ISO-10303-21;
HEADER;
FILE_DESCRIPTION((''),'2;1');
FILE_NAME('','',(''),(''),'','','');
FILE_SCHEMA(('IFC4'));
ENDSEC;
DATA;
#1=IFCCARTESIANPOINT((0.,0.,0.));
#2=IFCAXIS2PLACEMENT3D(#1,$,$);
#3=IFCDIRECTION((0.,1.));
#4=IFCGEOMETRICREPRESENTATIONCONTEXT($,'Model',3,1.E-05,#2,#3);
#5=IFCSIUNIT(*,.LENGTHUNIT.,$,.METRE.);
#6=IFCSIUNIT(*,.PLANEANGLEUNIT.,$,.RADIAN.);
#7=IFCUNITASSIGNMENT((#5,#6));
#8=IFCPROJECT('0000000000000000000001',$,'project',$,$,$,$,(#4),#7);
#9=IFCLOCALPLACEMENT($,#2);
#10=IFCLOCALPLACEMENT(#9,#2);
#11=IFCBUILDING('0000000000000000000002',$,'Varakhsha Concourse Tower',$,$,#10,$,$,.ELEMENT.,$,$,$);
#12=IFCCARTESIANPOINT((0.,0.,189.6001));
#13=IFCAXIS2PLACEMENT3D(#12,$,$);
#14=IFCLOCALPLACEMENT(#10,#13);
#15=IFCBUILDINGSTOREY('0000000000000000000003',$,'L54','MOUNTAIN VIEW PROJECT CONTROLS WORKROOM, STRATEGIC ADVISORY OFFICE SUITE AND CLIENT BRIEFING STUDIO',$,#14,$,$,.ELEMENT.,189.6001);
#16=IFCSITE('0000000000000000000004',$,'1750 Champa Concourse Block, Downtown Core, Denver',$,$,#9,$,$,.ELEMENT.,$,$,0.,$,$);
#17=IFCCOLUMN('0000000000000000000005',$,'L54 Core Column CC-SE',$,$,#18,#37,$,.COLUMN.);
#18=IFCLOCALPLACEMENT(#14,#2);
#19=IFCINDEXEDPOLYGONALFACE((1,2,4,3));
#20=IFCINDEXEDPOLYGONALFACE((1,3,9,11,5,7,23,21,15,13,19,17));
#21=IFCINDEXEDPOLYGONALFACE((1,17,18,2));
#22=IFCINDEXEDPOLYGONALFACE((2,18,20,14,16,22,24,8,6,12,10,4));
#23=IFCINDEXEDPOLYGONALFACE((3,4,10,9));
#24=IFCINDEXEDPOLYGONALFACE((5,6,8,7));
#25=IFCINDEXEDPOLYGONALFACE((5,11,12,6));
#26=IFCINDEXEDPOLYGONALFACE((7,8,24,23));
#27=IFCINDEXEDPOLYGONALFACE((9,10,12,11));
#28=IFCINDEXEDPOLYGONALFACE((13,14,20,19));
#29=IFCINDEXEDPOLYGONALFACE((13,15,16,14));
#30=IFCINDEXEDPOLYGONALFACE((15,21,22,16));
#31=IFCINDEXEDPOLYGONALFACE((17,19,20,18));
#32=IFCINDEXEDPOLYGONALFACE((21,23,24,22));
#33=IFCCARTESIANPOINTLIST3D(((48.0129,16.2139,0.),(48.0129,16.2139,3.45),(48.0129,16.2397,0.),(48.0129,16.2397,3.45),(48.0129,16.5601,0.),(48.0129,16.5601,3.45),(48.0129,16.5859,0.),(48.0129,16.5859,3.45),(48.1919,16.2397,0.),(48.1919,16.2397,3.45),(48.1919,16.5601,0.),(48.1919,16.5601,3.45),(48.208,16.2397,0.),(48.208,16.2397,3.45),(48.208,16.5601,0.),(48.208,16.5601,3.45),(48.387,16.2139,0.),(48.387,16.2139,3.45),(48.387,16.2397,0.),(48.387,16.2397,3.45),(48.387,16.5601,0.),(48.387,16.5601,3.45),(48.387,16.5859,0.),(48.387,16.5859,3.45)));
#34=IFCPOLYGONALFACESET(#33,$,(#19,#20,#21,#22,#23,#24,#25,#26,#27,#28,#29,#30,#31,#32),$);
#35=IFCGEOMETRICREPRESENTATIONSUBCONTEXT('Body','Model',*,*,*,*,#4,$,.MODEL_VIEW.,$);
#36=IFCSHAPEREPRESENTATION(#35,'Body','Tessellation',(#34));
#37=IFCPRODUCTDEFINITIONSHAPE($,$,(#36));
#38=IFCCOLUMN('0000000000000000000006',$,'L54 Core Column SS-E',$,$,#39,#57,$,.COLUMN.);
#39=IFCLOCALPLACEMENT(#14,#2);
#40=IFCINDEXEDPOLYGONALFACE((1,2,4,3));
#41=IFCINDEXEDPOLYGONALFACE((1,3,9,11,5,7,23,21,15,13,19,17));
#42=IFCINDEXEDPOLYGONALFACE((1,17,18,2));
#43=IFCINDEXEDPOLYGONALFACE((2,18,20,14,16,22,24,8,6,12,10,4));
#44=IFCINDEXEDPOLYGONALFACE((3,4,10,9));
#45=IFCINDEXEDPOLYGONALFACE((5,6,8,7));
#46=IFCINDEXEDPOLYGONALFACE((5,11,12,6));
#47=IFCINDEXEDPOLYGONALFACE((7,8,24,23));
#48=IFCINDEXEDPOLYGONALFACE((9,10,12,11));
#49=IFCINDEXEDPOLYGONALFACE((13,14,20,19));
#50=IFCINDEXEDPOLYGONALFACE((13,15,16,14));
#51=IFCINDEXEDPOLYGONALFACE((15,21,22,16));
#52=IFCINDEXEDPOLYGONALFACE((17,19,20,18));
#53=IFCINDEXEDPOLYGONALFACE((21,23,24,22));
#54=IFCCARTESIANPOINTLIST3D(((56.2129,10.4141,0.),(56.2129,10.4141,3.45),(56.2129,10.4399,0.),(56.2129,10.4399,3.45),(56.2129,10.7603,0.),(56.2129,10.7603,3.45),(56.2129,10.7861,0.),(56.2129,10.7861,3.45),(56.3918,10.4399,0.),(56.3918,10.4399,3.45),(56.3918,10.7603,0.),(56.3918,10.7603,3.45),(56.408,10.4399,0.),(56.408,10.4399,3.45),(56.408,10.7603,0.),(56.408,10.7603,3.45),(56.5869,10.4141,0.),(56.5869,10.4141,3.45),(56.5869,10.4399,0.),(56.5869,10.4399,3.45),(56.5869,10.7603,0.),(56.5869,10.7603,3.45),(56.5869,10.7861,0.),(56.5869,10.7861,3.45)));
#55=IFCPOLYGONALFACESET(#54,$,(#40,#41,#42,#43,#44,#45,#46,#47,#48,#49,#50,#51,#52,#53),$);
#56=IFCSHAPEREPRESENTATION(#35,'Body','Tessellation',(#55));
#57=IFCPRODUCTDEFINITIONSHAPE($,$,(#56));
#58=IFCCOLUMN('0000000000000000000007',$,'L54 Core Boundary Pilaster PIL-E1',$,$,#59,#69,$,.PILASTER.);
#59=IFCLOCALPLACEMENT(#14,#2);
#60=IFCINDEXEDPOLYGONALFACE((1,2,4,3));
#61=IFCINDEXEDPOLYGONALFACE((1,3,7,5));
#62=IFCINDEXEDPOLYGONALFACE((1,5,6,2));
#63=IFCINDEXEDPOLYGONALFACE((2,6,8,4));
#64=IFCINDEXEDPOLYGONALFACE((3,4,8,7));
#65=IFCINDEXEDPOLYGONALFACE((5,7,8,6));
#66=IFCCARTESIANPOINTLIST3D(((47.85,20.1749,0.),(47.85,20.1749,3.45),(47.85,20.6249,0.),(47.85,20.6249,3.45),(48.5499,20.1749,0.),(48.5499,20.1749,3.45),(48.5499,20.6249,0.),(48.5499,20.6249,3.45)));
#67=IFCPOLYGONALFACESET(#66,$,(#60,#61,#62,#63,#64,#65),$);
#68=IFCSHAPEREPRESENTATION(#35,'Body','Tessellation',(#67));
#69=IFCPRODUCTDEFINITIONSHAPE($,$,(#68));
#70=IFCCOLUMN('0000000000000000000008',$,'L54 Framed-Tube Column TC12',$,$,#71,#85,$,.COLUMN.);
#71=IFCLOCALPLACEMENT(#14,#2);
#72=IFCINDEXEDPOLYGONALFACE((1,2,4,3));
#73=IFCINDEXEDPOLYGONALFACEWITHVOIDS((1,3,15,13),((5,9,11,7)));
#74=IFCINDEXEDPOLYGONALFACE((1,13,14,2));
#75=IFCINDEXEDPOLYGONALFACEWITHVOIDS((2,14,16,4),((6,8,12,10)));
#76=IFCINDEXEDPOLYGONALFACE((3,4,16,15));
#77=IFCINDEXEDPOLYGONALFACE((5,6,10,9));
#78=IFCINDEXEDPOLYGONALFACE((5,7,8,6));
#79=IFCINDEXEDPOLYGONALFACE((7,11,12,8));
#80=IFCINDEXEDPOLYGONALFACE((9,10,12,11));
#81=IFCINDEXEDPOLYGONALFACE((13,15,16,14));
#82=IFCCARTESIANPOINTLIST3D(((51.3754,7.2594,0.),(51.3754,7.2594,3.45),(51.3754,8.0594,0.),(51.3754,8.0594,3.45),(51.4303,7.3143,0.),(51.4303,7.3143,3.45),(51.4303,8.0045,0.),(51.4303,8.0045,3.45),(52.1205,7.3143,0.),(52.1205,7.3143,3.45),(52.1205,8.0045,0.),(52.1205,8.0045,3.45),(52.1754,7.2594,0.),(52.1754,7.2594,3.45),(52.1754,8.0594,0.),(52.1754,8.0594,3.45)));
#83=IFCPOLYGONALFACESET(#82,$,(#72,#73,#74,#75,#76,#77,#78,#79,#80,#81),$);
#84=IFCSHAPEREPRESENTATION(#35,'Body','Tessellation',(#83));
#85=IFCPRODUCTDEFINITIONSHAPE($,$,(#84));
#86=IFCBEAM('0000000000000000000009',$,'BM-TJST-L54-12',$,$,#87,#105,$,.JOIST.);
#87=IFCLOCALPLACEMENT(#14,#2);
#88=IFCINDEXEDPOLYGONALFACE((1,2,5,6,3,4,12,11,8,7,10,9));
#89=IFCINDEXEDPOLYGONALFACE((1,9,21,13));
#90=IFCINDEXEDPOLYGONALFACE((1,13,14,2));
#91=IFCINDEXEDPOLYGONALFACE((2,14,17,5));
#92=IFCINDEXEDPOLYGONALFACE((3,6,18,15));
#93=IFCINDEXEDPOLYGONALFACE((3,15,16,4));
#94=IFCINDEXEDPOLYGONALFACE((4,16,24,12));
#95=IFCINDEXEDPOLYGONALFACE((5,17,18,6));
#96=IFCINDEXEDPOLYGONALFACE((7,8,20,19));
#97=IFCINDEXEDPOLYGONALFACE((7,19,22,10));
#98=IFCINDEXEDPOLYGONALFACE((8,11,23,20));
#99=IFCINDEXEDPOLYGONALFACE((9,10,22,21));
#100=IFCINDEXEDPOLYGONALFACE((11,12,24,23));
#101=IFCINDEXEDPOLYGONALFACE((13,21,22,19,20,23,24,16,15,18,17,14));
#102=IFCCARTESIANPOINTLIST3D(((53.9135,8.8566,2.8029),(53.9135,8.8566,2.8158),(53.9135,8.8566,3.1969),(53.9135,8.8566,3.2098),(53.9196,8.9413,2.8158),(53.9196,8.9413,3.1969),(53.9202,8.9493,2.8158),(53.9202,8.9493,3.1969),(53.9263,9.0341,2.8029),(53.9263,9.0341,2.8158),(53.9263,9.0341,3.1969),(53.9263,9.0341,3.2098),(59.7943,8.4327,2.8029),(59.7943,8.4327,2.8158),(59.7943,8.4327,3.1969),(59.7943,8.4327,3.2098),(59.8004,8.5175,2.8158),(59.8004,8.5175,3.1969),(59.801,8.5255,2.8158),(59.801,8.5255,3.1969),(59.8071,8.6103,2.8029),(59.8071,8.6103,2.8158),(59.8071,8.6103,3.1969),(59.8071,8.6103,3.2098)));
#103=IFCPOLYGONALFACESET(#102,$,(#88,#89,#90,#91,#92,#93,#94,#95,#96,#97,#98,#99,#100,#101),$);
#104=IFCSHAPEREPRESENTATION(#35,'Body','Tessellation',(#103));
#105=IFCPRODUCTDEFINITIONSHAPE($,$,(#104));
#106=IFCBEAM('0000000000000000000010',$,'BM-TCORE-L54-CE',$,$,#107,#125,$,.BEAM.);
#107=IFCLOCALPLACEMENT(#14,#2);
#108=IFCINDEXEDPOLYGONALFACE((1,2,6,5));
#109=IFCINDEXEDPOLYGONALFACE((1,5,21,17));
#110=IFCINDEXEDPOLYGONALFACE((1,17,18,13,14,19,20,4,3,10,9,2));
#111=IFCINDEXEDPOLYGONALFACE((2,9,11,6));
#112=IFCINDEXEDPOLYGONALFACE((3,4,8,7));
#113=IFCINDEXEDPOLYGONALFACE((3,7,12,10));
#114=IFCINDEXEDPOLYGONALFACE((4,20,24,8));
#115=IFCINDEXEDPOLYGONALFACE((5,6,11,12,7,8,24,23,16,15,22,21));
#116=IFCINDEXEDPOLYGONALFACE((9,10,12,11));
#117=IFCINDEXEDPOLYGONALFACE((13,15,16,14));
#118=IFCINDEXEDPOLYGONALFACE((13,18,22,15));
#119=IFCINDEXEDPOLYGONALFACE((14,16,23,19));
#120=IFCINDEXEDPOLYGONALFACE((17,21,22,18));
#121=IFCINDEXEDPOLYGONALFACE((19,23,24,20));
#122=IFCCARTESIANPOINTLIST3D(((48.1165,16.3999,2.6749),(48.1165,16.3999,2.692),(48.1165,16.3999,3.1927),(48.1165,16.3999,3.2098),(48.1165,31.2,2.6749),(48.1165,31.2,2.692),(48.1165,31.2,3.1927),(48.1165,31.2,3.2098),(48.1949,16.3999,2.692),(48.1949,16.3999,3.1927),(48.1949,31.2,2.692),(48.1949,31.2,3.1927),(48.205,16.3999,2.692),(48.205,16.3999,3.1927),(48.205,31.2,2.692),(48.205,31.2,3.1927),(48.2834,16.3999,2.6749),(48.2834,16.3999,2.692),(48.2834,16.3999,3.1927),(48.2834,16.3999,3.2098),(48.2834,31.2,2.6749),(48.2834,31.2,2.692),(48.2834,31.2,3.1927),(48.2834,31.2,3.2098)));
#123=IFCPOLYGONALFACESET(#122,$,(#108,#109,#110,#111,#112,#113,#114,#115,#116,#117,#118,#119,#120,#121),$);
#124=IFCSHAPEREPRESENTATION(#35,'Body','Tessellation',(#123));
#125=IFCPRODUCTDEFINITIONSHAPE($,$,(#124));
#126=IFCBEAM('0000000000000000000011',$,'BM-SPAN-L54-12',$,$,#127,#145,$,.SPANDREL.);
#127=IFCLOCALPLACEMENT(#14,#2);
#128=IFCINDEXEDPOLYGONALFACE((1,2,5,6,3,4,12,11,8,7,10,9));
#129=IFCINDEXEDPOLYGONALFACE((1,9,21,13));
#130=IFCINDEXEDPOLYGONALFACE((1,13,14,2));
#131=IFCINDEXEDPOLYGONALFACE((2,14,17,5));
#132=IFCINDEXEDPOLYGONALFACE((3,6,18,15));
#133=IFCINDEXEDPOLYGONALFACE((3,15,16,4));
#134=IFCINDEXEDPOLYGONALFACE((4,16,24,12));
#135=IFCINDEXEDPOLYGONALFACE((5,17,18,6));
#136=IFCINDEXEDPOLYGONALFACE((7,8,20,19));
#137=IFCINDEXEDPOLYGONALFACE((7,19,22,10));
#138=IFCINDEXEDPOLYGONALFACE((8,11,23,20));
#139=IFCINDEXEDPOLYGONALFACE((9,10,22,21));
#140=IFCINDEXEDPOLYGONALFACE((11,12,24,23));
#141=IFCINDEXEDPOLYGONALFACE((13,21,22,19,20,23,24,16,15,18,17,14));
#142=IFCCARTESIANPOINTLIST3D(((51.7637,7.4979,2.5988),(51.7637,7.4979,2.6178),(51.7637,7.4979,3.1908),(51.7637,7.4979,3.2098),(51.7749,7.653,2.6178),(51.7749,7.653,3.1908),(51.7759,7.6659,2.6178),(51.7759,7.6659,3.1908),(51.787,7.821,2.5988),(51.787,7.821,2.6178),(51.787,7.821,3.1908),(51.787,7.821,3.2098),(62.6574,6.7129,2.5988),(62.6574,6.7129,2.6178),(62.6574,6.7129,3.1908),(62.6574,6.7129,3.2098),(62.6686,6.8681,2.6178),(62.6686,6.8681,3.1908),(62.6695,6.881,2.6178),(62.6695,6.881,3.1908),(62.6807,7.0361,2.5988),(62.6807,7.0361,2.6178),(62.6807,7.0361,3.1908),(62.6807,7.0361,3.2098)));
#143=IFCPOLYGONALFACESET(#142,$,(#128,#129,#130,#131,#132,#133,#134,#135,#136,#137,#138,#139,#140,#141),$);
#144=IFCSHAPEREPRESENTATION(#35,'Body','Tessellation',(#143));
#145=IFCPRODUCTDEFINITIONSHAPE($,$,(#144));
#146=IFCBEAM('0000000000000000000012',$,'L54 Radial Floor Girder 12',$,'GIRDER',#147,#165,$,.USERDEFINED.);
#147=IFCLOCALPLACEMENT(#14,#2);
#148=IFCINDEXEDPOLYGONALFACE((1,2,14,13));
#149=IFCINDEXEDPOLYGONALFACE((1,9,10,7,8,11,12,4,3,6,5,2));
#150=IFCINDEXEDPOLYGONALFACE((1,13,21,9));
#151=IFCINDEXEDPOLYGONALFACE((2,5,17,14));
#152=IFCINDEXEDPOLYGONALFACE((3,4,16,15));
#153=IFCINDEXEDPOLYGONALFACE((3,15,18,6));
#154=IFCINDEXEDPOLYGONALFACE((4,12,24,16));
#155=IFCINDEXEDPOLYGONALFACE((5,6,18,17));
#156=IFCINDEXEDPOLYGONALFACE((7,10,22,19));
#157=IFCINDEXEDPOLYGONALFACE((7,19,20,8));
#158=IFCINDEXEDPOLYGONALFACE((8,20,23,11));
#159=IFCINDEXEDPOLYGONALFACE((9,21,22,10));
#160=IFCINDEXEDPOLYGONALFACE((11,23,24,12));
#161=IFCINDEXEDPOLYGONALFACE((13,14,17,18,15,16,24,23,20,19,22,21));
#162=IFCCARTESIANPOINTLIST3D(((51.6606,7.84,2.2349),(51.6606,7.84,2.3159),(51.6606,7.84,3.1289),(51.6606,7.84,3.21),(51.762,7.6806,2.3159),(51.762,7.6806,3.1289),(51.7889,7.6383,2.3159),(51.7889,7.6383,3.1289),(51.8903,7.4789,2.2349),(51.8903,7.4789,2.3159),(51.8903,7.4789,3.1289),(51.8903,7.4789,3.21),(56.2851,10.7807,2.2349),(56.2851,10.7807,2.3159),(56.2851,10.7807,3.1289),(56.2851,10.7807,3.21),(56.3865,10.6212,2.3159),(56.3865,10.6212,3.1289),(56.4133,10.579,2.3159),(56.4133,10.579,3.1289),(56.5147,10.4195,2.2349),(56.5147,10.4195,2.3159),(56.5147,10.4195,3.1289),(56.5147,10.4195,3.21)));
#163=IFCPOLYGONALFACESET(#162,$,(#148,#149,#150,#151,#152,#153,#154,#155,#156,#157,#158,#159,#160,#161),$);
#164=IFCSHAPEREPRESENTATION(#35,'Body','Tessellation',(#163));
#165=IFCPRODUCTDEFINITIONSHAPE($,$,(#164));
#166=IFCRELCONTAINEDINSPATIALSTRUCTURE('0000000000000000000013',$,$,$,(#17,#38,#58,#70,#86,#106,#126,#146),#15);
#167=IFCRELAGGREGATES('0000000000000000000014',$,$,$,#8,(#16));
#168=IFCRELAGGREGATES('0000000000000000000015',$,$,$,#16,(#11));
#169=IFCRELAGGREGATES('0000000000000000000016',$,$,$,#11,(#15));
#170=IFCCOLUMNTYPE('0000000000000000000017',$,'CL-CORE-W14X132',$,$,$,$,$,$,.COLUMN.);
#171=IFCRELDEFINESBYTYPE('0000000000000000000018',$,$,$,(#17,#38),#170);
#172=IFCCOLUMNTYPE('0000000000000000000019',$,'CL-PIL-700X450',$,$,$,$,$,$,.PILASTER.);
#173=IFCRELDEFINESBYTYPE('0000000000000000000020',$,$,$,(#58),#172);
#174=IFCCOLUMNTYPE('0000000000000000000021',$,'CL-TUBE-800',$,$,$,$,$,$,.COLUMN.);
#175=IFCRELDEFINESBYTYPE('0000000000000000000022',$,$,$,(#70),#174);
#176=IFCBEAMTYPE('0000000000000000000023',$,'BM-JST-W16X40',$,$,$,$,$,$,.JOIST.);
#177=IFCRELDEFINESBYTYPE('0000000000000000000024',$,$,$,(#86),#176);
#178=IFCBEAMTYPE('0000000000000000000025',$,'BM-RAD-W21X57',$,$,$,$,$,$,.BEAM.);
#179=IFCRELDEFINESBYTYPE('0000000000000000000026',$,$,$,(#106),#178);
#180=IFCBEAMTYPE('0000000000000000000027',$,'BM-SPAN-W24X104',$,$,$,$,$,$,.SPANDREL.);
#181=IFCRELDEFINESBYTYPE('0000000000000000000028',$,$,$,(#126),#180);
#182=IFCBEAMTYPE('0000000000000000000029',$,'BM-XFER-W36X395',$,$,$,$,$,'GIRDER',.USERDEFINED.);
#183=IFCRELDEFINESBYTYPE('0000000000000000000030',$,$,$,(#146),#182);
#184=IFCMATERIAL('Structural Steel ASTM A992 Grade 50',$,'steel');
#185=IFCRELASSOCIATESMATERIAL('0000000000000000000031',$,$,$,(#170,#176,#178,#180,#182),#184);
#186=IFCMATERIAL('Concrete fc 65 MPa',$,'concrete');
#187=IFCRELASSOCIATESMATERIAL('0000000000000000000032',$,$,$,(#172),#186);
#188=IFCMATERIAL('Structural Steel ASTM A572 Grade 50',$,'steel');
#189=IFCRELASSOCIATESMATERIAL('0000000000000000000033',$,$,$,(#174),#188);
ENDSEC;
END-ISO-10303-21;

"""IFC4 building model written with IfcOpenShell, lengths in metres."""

from ifc_helpers import new_model, si_unit, direction, frame, origin, origin_2d, place, context, subcontext, project, spatial, rectangle, hollow_rectangle, i_section, extrude, material, material_profile, profile_set, type_object, element, save


model = new_model("IFC4")

# Units and contexts
model_context = context("Model", 3, precision=1e-05, world=origin(), true_north=direction((0.0, 1.0)))
body_context = subcontext(model_context, "Body", "Model", "MODEL_VIEW")
ifc_project = project(units=[si_unit("LENGTHUNIT", "METRE"), si_unit("PLANEANGLEUNIT", "RADIAN")], contexts=[model_context])

# Site, building, storey
site_placement = place(None, origin())
site = spatial("IfcSite", under=ifc_project, at=site_placement, Name="1750 Champa Concourse Block, Downtown Core, Denver", CompositionType="ELEMENT", RefElevation=0.0)
building_placement = place(site_placement, origin())
building = spatial("IfcBuilding", under=site, at=building_placement, Name="Varakhsha Concourse Tower", CompositionType="ELEMENT")
storey_placement = place(building_placement, frame((0.0, 0.0, 189.6001)))
storey = spatial("IfcBuildingStorey", under=building, at=storey_placement, Name="L54", Description="MOUNTAIN VIEW PROJECT CONTROLS WORKROOM, STRATEGIC ADVISORY OFFICE SUITE AND CLIENT BRIEFING STUDIO", CompositionType="ELEMENT", Elevation=189.6001)

# Columns
ifc_material_1 = material(Name="Structural Steel ASTM A992 Grade 50", Category="steel")
ifc_material_profile_1 = material_profile(ifc_material_1, i_section(OverallWidth=0.374, OverallDepth=0.3721, WebThickness=0.0161, FlangeThickness=0.0259, at=origin_2d()), Name="W14X132")
ifc_profile_set_1 = profile_set([ifc_material_profile_1], Name="Structural Steel ASTM A992 Grade 50")
column_type_1 = type_object("IfcColumnType", Name="CL-CORE-W14X132", PredefinedType="COLUMN", material=ifc_profile_set_1)
for number, where, z_axis, x_axis, name in (
    (1, (48.2, 16.3999, 0.0), (0.0, 0.0, 1.0), (1.0, 0.0, 0.0), "L54 Core Column CC-SE"),
    (2, (56.3999, 10.6001, 0.0), (0.0, 0.0, 1.0), (1.0, 0.0, 0.0), "L54 Core Column SS-E"),
):
    element("IfcColumn", number, at=place(storey_placement, frame(where, z_axis=z_axis, x_axis=x_axis)), inside=storey, type_object=column_type_1, Name=name, PredefinedType="COLUMN", context=body_context, shape_type="SweptSolid", body=[
        extrude(i_section(OverallWidth=0.374, OverallDepth=0.3721, WebThickness=0.0161, FlangeThickness=0.0259, at=origin_2d()), origin(), (0.0, 0.0, 1.0), 3.45),
    ])
ifc_material_2 = material(Name="Concrete fc 65 MPa", Category="concrete")
ifc_material_profile_2 = material_profile(ifc_material_2, rectangle(XDim=0.7, YDim=0.45, at=origin_2d()), Name="RC 700x450")
ifc_profile_set_2 = profile_set([ifc_material_profile_2], Name="Concrete fc 65 MPa")
column_type_2 = type_object("IfcColumnType", Name="CL-PIL-700X450", PredefinedType="PILASTER", material=ifc_profile_set_2)
column_1_placement = place(storey_placement, frame((48.2, 20.3999, 0.0), z_axis=(0.0, 0.0, 1.0), x_axis=(1.0, 0.0, 0.0)))
element("IfcColumn", 3, at=column_1_placement, inside=storey, type_object=column_type_2, Name="L54 Core Boundary Pilaster PIL-E1", PredefinedType="PILASTER", context=body_context, shape_type="SweptSolid", body=[
    extrude(rectangle(XDim=0.7, YDim=0.45, at=origin_2d()), origin(), (0.0, 0.0, 1.0), 3.45),
])
ifc_material_3 = material(Name="Structural Steel ASTM A572 Grade 50", Category="steel")
ifc_material_profile_3 = material_profile(ifc_material_3, hollow_rectangle(XDim=0.8, YDim=0.8, WallThickness=0.0549, at=origin_2d()), Name="BOX 800x800x55")
ifc_profile_set_3 = profile_set([ifc_material_profile_3], Name="Structural Steel ASTM A572 Grade 50")
column_type_3 = type_object("IfcColumnType", Name="CL-TUBE-800", PredefinedType="COLUMN", material=ifc_profile_set_3)
column_2_placement = place(storey_placement, frame((51.7754, 7.6594, 0.0), z_axis=(0.0, 0.0, 1.0), x_axis=(1.0, 0.0, 0.0)))
element("IfcColumn", 4, at=column_2_placement, inside=storey, type_object=column_type_3, Name="L54 Framed-Tube Column TC12", PredefinedType="COLUMN", context=body_context, shape_type="SweptSolid", body=[
    extrude(hollow_rectangle(XDim=0.8, YDim=0.8, WallThickness=0.0549, at=origin_2d()), origin(), (0.0, 0.0, 1.0), 3.45),
])

# Beams
ifc_material_profile_4 = material_profile(ifc_material_1, i_section(OverallWidth=0.178, OverallDepth=0.407, WebThickness=0.0081, FlangeThickness=0.0129, at=origin_2d()), Name="W16X40")
ifc_profile_set_4 = profile_set([ifc_material_profile_4], Name="Structural Steel ASTM A992 Grade 50")
beam_type_1 = type_object("IfcBeamType", Name="BM-JST-W16X40", PredefinedType="JOIST", material=ifc_profile_set_4)
beam_1_placement = place(storey_placement, frame((53.9199, 8.9453, 3.0063), z_axis=(0.997413, -0.071883, 0.0), x_axis=(0.071883, 0.997413, 0.0)))
element("IfcBeam", 5, at=beam_1_placement, inside=storey, type_object=beam_type_1, Name="BM-TJST-L54-12", PredefinedType="JOIST", context=body_context, shape_type="SweptSolid", body=[
    extrude(i_section(OverallWidth=0.178, OverallDepth=0.407, WebThickness=0.0081, FlangeThickness=0.0129, at=origin_2d()), origin(), (0.0, 0.0, 1.0), 5.896),
])
ifc_material_profile_5 = material_profile(ifc_material_1, i_section(OverallWidth=0.167, OverallDepth=0.5349, WebThickness=0.01, FlangeThickness=0.0171, at=origin_2d()), Name="W21X57")
ifc_profile_set_5 = profile_set([ifc_material_profile_5], Name="Structural Steel ASTM A992 Grade 50")
beam_type_2 = type_object("IfcBeamType", Name="BM-RAD-W21X57", PredefinedType="BEAM", material=ifc_profile_set_5)
beam_2_placement = place(storey_placement, frame((48.2, 16.3999, 2.9424), z_axis=(0.0, 1.0, 0.0), x_axis=(-1.0, 0.0, 0.0)))
element("IfcBeam", 6, at=beam_2_placement, inside=storey, type_object=beam_type_2, Name="BM-TCORE-L54-CE", PredefinedType="BEAM", context=body_context, shape_type="SweptSolid", body=[
    extrude(i_section(OverallWidth=0.167, OverallDepth=0.5349, WebThickness=0.01, FlangeThickness=0.0171, at=origin_2d()), origin(), (0.0, 0.0, 1.0), 14.8),
])
ifc_material_profile_6 = material_profile(ifc_material_1, i_section(OverallWidth=0.324, OverallDepth=0.6111, WebThickness=0.0129, FlangeThickness=0.019, at=origin_2d()), Name="W24X104")
ifc_profile_set_6 = profile_set([ifc_material_profile_6], Name="Structural Steel ASTM A992 Grade 50")
beam_type_3 = type_object("IfcBeamType", Name="BM-SPAN-W24X104", PredefinedType="SPANDREL", material=ifc_profile_set_6)
beam_3_placement = place(storey_placement, frame((51.7754, 7.6594, 2.9043), z_axis=(0.997414, -0.071867, 0.0), x_axis=(0.071867, 0.997414, 0.0)))
element("IfcBeam", 7, at=beam_3_placement, inside=storey, type_object=beam_type_3, Name="BM-SPAN-L54-12", PredefinedType="SPANDREL", context=body_context, shape_type="SweptSolid", body=[
    extrude(i_section(OverallWidth=0.324, OverallDepth=0.6111, WebThickness=0.0129, FlangeThickness=0.019, at=origin_2d()), origin(), (0.0, 0.0, 1.0), 10.9219),
])
ifc_material_profile_7 = material_profile(ifc_material_1, i_section(OverallWidth=0.428, OverallDepth=0.9751, WebThickness=0.05, FlangeThickness=0.0811, at=origin_2d()), Name="W36X395")
ifc_profile_set_7 = profile_set([ifc_material_profile_7], Name="Structural Steel ASTM A992 Grade 50")
beam_type_4 = type_object("IfcBeamType", Name="BM-XFER-W36X395", ElementType="GIRDER", PredefinedType="USERDEFINED", material=ifc_profile_set_7)
beam_4_placement = place(storey_placement, frame((56.3999, 10.6001, 2.7224), z_axis=(-0.843843, -0.53659, 0.0), x_axis=(0.53659, -0.843843, 0.0)))
element("IfcBeam", 8, at=beam_4_placement, inside=storey, type_object=beam_type_4, Name="L54 Radial Floor Girder 12", ObjectType="GIRDER", PredefinedType="USERDEFINED", context=body_context, shape_type="SweptSolid", body=[
    extrude(i_section(OverallWidth=0.428, OverallDepth=0.9751, WebThickness=0.05, FlangeThickness=0.0811, at=origin_2d()), origin(), (0.0, 0.0, 1.0), 5.4802),
])

save(model, "model.ifc")
